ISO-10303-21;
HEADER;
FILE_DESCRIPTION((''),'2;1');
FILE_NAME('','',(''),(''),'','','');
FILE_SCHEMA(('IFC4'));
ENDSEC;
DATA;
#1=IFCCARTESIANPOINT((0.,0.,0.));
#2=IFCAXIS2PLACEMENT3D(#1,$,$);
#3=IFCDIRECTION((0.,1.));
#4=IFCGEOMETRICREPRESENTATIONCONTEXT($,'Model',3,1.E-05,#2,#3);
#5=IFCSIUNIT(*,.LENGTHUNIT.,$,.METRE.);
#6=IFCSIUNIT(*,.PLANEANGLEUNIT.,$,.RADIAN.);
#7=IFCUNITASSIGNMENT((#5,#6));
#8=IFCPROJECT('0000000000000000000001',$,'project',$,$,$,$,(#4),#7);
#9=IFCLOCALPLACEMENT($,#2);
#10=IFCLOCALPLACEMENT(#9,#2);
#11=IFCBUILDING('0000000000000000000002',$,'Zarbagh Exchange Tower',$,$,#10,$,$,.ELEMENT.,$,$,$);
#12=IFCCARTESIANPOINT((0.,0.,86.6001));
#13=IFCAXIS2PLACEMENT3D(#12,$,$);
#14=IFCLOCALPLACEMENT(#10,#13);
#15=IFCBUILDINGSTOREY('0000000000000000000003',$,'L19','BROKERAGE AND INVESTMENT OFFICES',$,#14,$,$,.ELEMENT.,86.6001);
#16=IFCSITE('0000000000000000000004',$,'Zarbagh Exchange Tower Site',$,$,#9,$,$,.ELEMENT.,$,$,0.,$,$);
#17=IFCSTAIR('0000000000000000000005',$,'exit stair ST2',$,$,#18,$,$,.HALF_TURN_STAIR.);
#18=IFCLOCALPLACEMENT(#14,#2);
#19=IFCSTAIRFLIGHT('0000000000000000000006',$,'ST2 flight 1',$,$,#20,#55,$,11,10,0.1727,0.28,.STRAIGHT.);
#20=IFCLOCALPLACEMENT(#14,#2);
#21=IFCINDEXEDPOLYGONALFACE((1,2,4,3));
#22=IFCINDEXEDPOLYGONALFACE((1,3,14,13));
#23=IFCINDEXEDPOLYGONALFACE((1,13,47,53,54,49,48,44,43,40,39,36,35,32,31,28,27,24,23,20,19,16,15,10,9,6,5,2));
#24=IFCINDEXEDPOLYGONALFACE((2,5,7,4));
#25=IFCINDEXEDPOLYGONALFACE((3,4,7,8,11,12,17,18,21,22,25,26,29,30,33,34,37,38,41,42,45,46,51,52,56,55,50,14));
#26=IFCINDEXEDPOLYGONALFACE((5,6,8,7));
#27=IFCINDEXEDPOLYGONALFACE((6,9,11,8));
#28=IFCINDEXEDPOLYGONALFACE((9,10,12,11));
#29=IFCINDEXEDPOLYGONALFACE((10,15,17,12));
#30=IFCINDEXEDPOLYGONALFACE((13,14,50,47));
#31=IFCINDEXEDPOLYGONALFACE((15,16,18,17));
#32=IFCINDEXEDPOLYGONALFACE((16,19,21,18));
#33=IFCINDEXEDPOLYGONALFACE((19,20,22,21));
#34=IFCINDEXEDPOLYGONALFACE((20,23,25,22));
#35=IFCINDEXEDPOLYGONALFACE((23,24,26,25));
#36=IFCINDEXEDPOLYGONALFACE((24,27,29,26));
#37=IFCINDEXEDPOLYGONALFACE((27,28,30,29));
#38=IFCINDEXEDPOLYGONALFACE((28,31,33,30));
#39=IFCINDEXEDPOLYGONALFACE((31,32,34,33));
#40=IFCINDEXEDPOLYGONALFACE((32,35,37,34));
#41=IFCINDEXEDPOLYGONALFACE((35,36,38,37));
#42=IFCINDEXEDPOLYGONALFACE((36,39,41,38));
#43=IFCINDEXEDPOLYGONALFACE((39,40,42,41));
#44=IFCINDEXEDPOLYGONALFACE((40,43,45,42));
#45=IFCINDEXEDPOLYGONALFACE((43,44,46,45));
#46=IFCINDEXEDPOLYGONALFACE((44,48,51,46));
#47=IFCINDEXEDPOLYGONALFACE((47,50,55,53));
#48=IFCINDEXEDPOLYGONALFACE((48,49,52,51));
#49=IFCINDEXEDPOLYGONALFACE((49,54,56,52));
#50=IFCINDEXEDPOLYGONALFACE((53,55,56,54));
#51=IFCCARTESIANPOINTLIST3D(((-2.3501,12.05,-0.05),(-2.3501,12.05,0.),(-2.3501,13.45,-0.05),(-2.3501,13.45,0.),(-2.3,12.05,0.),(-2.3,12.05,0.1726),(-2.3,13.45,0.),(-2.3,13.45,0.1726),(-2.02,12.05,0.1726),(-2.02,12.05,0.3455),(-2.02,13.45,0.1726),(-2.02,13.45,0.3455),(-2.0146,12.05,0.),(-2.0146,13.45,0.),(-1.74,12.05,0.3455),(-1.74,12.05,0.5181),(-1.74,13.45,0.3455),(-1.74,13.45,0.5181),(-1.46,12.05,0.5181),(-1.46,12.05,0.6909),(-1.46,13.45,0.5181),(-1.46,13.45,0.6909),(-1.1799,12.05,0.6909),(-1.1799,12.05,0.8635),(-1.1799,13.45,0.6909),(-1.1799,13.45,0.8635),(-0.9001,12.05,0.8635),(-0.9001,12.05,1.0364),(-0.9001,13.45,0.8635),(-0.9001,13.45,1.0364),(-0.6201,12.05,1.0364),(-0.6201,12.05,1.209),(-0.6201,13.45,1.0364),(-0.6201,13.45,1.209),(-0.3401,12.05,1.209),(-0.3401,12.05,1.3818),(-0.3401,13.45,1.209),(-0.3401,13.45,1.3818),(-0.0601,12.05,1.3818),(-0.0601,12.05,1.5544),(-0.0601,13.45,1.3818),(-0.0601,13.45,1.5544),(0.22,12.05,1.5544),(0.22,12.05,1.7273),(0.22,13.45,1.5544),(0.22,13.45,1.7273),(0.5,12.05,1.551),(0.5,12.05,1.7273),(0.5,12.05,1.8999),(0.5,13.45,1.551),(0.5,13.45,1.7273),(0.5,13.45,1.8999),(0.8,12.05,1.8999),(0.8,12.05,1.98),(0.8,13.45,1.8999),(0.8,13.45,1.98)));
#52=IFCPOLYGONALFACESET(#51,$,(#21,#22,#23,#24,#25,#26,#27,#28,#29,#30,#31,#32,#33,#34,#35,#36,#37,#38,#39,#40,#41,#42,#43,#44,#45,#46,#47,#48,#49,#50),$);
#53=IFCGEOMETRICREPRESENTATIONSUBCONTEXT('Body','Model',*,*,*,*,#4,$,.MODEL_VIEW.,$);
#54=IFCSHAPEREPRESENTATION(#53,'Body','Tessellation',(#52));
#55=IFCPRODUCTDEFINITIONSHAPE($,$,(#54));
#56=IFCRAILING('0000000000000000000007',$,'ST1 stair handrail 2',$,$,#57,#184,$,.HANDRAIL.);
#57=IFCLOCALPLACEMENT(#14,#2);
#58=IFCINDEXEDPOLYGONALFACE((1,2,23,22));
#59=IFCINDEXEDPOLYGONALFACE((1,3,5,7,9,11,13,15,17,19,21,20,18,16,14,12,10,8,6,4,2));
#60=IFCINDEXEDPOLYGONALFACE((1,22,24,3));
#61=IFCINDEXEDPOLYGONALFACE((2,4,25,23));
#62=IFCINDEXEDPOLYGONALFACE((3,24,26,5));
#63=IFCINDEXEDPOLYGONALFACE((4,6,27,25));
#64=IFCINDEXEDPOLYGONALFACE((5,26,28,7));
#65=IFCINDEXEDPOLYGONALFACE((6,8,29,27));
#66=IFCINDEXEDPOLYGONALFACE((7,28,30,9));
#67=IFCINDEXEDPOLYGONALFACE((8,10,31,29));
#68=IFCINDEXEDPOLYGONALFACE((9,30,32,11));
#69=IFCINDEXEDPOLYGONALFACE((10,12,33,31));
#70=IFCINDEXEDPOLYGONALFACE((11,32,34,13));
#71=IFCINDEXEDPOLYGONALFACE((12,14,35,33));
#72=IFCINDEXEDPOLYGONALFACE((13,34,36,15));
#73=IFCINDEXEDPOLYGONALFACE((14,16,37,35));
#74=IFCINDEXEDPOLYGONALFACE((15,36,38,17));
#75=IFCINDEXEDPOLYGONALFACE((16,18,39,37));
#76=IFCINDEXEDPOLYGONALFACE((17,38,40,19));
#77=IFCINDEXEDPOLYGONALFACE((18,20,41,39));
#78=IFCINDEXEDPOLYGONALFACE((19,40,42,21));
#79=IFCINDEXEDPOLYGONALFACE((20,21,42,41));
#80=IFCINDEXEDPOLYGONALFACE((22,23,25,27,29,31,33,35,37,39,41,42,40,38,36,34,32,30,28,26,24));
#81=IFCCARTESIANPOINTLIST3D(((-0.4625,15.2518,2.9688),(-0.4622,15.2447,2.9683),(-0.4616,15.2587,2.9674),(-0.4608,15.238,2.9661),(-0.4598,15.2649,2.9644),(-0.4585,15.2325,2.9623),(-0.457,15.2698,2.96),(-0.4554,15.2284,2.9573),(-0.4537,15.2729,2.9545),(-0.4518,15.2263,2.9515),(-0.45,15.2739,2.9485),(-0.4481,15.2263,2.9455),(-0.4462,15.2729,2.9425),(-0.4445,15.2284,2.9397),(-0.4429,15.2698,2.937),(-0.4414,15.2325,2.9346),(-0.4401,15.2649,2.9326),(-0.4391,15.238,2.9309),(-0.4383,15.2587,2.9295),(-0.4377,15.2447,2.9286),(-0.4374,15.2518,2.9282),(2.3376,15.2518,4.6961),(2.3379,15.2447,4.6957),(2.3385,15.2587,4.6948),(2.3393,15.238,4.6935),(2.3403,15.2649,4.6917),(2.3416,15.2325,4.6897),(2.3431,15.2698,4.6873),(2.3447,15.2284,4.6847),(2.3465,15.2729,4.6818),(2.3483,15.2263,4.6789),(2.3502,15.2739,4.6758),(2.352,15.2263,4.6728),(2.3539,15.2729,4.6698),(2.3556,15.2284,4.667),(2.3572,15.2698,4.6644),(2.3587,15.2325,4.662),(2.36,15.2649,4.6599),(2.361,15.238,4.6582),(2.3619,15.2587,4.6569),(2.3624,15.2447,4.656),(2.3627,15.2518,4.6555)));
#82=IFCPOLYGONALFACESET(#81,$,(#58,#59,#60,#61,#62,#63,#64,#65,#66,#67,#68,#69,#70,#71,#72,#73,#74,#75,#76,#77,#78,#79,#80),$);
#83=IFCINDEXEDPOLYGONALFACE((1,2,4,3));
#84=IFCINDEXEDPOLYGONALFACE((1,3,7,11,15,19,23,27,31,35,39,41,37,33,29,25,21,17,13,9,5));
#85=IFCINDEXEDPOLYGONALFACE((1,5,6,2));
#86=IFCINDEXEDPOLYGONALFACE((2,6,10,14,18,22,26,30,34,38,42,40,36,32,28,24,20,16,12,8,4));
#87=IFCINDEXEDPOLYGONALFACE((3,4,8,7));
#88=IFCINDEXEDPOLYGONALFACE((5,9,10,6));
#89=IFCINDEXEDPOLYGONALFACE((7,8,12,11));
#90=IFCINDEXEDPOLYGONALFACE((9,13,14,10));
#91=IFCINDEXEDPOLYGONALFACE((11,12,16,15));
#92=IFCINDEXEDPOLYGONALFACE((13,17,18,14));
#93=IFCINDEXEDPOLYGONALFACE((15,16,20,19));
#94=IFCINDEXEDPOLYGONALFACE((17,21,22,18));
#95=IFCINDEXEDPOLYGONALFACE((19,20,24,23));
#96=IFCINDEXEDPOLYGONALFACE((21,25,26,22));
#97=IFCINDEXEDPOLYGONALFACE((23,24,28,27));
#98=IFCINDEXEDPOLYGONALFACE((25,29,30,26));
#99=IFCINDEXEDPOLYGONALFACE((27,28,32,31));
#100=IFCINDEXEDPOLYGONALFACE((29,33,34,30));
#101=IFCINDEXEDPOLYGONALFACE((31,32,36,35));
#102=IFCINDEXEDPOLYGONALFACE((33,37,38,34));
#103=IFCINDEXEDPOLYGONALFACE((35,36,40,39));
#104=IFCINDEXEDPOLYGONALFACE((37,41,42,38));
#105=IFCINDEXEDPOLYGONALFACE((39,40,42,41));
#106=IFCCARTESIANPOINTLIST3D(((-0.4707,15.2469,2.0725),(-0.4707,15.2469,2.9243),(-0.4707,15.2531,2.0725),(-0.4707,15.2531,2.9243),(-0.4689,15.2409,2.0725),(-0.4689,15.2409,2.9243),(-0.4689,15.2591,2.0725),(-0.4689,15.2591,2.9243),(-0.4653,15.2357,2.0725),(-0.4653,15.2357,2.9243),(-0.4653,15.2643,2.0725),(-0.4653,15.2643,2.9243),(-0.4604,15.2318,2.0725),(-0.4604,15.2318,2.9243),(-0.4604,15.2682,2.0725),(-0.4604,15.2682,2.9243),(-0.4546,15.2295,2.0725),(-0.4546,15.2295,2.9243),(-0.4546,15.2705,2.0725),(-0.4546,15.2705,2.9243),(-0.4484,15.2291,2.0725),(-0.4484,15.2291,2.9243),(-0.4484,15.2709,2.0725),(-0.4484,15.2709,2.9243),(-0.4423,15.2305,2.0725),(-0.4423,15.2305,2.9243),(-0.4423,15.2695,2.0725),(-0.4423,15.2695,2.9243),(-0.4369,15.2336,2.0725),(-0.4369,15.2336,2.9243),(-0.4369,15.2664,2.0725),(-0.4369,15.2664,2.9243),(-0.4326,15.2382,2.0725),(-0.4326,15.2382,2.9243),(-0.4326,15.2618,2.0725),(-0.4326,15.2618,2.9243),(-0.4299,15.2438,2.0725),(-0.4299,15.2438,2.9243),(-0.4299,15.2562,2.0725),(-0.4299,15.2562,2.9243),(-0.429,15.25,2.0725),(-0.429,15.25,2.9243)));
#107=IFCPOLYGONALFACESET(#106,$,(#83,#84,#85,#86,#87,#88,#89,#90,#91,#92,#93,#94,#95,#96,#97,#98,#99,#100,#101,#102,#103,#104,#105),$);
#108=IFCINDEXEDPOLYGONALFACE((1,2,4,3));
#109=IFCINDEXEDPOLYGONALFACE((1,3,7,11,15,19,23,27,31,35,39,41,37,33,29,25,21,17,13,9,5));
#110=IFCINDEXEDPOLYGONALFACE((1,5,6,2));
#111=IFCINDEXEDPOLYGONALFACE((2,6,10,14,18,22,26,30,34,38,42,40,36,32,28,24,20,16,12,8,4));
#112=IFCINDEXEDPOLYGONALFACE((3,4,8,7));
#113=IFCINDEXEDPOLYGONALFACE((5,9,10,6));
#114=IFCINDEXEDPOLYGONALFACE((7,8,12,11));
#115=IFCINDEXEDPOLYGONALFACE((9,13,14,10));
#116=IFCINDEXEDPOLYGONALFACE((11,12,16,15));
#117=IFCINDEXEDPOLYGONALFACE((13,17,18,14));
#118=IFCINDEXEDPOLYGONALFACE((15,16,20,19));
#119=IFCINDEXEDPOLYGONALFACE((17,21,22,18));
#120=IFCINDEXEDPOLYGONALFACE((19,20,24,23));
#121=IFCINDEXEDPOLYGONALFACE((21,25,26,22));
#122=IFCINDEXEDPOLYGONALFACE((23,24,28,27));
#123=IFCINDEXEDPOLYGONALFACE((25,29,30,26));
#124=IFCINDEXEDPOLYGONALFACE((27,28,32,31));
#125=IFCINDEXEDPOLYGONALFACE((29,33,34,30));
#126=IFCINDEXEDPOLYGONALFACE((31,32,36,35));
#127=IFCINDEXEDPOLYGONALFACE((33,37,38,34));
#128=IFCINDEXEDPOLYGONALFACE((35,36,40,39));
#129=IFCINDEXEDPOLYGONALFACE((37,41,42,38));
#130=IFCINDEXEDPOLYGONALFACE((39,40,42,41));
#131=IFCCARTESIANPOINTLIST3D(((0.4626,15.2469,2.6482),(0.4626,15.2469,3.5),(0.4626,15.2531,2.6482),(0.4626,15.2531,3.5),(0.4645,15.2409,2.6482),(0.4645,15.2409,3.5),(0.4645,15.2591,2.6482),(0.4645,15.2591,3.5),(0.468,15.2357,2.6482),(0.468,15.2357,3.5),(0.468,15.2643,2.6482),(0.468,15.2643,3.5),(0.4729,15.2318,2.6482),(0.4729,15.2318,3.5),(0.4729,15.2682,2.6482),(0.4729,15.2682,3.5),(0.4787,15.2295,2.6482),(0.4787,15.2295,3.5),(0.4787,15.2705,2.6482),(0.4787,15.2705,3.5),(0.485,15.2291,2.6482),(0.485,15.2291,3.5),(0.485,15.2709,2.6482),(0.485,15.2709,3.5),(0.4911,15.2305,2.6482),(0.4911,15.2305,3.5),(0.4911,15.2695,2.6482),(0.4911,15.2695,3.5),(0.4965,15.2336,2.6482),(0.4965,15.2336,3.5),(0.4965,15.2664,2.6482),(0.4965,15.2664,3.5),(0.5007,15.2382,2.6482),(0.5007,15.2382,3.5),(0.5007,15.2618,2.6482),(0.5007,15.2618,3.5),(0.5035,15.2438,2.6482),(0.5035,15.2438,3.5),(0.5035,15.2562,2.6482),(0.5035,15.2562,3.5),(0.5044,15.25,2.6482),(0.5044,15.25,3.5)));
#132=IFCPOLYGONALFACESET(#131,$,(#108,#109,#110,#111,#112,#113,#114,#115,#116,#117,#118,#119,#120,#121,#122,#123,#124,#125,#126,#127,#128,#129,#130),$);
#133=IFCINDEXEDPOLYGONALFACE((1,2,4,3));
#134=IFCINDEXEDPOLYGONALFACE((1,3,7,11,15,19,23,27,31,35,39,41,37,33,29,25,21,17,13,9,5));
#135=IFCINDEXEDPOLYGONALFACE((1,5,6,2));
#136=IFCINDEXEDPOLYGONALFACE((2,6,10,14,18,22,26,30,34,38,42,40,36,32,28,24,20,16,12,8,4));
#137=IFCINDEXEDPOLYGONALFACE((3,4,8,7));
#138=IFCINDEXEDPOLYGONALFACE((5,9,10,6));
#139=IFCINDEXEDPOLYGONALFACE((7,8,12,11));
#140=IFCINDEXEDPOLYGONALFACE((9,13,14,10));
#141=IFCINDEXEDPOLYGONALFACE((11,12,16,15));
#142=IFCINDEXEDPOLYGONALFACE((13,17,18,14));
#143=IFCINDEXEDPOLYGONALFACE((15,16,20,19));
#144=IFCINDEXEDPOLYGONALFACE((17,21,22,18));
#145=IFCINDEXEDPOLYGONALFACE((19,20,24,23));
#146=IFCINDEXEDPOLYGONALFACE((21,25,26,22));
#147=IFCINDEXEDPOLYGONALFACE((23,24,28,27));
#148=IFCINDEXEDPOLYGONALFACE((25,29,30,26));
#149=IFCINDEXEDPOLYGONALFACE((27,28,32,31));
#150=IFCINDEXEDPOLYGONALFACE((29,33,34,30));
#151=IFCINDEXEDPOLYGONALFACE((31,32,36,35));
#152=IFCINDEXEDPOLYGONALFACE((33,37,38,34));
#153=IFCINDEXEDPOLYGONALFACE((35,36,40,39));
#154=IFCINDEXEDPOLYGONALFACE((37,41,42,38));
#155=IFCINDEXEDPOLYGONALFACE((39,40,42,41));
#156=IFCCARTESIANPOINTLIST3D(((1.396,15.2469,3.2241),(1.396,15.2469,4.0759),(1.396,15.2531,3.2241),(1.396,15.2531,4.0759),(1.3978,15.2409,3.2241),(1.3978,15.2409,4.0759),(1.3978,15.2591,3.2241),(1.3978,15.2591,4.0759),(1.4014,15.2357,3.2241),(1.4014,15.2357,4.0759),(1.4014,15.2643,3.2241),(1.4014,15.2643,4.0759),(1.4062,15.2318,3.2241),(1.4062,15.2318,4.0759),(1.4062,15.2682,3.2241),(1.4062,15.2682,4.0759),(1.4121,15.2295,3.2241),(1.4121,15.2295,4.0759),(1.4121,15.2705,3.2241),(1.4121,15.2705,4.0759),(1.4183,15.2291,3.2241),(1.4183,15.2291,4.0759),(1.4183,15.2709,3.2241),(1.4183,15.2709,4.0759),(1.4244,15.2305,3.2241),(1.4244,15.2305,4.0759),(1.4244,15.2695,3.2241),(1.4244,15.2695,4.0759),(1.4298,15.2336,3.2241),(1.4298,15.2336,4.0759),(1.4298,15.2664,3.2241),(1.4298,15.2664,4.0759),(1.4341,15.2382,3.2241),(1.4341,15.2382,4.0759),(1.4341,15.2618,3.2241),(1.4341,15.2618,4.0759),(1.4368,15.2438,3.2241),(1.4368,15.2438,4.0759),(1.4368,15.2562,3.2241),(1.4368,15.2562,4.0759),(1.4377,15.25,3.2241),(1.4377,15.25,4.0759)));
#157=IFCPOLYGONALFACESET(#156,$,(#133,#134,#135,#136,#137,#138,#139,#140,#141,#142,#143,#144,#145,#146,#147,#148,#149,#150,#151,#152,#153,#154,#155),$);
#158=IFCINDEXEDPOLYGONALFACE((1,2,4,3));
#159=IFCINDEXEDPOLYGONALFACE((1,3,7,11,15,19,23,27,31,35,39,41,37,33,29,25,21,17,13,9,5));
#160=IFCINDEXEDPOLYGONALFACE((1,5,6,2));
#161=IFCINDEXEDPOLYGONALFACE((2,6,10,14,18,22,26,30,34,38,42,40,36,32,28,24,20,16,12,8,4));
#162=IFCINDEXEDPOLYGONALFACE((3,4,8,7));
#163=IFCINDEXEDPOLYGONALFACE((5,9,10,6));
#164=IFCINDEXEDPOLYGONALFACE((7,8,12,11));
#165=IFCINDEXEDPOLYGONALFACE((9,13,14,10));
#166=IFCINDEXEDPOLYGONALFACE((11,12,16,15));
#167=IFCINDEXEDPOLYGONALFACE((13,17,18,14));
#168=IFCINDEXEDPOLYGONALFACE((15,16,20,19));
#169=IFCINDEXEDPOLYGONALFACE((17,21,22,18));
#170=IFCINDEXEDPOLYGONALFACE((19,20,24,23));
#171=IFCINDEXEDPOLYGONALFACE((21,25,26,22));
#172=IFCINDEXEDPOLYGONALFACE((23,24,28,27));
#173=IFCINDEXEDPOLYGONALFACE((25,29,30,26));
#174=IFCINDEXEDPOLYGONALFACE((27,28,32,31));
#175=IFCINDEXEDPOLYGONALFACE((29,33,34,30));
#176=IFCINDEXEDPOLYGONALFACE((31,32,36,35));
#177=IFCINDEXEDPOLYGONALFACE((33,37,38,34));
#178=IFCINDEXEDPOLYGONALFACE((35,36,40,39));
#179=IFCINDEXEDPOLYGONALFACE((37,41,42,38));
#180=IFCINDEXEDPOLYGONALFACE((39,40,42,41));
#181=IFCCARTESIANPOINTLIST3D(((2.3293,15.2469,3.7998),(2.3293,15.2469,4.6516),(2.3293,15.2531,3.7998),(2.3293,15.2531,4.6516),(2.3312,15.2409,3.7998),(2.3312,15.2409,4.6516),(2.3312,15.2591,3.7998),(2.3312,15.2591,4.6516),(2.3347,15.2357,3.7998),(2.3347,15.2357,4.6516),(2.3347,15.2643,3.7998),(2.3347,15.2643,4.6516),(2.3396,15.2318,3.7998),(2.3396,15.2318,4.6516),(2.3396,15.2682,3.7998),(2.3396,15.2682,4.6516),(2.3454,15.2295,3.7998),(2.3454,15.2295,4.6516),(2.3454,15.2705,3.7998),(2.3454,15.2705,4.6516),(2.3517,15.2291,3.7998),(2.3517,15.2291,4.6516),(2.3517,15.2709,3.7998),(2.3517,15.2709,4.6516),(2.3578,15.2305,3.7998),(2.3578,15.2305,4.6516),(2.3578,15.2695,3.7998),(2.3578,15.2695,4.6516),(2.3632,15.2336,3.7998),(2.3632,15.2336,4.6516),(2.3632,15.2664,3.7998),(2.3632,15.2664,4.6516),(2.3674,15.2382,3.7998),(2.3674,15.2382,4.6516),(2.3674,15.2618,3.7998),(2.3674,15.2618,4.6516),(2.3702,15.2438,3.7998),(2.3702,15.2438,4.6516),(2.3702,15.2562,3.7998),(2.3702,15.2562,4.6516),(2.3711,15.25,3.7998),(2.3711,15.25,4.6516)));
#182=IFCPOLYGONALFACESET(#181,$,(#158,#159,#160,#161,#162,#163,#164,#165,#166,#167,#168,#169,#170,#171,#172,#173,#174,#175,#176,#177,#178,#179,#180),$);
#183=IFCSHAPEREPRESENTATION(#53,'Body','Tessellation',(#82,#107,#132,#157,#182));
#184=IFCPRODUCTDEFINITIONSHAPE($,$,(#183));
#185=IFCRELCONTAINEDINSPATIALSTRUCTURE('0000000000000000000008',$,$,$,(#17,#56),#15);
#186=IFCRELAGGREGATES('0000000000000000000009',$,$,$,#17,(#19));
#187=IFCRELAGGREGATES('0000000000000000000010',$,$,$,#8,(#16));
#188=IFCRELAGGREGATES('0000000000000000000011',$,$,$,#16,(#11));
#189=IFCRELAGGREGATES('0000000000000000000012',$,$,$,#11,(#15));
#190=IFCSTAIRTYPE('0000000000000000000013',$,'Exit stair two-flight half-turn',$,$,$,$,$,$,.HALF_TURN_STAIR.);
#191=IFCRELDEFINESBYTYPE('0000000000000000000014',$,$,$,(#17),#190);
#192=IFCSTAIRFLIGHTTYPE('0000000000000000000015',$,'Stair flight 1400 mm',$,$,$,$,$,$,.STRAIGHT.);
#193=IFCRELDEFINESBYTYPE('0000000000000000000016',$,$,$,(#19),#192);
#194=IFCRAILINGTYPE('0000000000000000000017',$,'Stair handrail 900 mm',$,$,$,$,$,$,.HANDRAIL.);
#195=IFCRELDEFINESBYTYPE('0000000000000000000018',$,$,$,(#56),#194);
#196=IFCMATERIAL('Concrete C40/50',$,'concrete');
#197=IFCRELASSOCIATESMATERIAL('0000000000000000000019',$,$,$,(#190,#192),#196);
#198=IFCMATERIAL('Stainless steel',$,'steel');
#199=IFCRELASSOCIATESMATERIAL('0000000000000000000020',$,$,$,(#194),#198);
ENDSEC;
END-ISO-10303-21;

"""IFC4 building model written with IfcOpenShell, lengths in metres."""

from ifc_helpers import new_model, si_unit, direction, frame, origin, origin_2d, place, context, subcontext, project, spatial, polyline, circle, outline, extrude, material, type_object, element, aggregate, save


model = new_model("IFC4")

# Units and contexts
model_context = context("Model", 3, precision=1e-05, world=origin(), true_north=direction((0.0, 1.0)))
body_context = subcontext(model_context, "Body", "Model", "MODEL_VIEW")
ifc_project = project(units=[si_unit("LENGTHUNIT", "METRE"), si_unit("PLANEANGLEUNIT", "RADIAN")], contexts=[model_context])

# Site, building, storey
site_placement = place(None, origin())
site = spatial("IfcSite", under=ifc_project, at=site_placement, Name="Zarbagh Exchange Tower Site", CompositionType="ELEMENT", RefElevation=0.0)
building_placement = place(site_placement, origin())
building = spatial("IfcBuilding", under=site, at=building_placement, Name="Zarbagh Exchange Tower", CompositionType="ELEMENT")
storey_placement = place(building_placement, frame((0.0, 0.0, 86.6001)))
storey = spatial("IfcBuildingStorey", under=building, at=storey_placement, Name="L19", Description="BROKERAGE AND INVESTMENT OFFICES", CompositionType="ELEMENT", Elevation=86.6001)

# Shared definitions
ifc_material_1 = material(Name="Stainless steel", Category="steel")

# Stair, stair flight
ifc_material_2 = material(Name="Concrete C40/50", Category="concrete")
stair_type = type_object("IfcStairType", Name="Exit stair two-flight half-turn", PredefinedType="HALF_TURN_STAIR", material=ifc_material_2)
stair_1_placement = place(storey_placement, origin())
stair_1 = element("IfcStair", 1, at=stair_1_placement, inside=storey, type_object=stair_type, Name="exit stair ST2", PredefinedType="HALF_TURN_STAIR")
stair_flight_type_1 = type_object("IfcStairFlightType", Name="Stair flight 1400 mm", PredefinedType="STRAIGHT", material=ifc_material_2)
stair_flight_1_placement = place(storey_placement, frame((-2.3, 12.75, 0.0), z_axis=(0.0, 0.0, 1.0), x_axis=(1.0, 0.0, 0.0)))
stair_flight_1 = element("IfcStairFlight", 2, at=stair_flight_1_placement, type_object=stair_flight_type_1, Name="ST2 flight 1", NumberOfRisers=11, NumberOfTreads=10, PredefinedType="STRAIGHT", RiserHeight=0.1727, TreadLength=0.28, context=body_context, shape_type="SweptSolid", body=[
    extrude(outline(polyline([(-0.05, -0.05), (-0.05, 0.0), (0.0, 0.0), (0.0, 0.1726), (0.28, 0.1726), (0.28, 0.3455), (0.5601, 0.3455), (0.5601, 0.5181), (0.8401, 0.5181), (0.8401, 0.6909), (1.1201, 0.6909), (1.1201, 0.8635), (1.3999, 0.8635), (1.3999, 1.0364), (1.6799, 1.0364), (1.6799, 1.209), (1.96, 1.209), (1.96, 1.3818), (2.24, 1.3818), (2.24, 1.5544), (2.52, 1.5544), (2.52, 1.7273), (2.8, 1.7273), (2.8, 1.8999), (3.1001, 1.98), (3.1001, 1.8999), (2.8, 1.551), (0.2854, 0.0), (-0.05, -0.05)])), frame((0.0, 0.7, 0.0), z_axis=(0.0, -1.0, 0.0), x_axis=(1.0, 0.0, 0.0)), (0.0, 0.0, 1.0), 1.3999),
])
aggregate(stair_1, [stair_flight_1])

# Railing
railing_type_1 = type_object("IfcRailingType", Name="Stair handrail 900 mm", PredefinedType="HANDRAIL", material=ifc_material_1)
for number, where, name in (
    (3, (-0.45, 15.25, 2.0725), "ST1 stair handrail 2"),
):
    element("IfcRailing", number, at=place(storey_placement, frame(where)), inside=storey, type_object=railing_type_1, Name=name, PredefinedType="HANDRAIL", context=body_context, shape_type="SweptSolid", body=[
        extrude(circle(Radius=0.0239, at=origin_2d()), frame((0.0, 0.0, 0.876), z_axis=(0.85109, 0.0, 0.52502), x_axis=(0.0, 1.0, 0.0)), (0.0, 0.0, 1.0), 3.29),
        extrude(circle(Radius=0.021, at=origin_2d()), origin(), (0.0, 0.0, 1.0), 0.8518),
        extrude(circle(Radius=0.021, at=origin_2d()), frame((0.9333, 0.0, 0.5757)), (0.0, 0.0, 1.0), 0.8518),
        extrude(circle(Radius=0.021, at=origin_2d()), frame((1.8667, 0.0, 1.1516)), (0.0, 0.0, 1.0), 0.8518),
        extrude(circle(Radius=0.021, at=origin_2d()), frame((2.8, 0.0, 1.7273)), (0.0, 0.0, 1.0), 0.8518),
    ])

save(model, "model.ifc")
